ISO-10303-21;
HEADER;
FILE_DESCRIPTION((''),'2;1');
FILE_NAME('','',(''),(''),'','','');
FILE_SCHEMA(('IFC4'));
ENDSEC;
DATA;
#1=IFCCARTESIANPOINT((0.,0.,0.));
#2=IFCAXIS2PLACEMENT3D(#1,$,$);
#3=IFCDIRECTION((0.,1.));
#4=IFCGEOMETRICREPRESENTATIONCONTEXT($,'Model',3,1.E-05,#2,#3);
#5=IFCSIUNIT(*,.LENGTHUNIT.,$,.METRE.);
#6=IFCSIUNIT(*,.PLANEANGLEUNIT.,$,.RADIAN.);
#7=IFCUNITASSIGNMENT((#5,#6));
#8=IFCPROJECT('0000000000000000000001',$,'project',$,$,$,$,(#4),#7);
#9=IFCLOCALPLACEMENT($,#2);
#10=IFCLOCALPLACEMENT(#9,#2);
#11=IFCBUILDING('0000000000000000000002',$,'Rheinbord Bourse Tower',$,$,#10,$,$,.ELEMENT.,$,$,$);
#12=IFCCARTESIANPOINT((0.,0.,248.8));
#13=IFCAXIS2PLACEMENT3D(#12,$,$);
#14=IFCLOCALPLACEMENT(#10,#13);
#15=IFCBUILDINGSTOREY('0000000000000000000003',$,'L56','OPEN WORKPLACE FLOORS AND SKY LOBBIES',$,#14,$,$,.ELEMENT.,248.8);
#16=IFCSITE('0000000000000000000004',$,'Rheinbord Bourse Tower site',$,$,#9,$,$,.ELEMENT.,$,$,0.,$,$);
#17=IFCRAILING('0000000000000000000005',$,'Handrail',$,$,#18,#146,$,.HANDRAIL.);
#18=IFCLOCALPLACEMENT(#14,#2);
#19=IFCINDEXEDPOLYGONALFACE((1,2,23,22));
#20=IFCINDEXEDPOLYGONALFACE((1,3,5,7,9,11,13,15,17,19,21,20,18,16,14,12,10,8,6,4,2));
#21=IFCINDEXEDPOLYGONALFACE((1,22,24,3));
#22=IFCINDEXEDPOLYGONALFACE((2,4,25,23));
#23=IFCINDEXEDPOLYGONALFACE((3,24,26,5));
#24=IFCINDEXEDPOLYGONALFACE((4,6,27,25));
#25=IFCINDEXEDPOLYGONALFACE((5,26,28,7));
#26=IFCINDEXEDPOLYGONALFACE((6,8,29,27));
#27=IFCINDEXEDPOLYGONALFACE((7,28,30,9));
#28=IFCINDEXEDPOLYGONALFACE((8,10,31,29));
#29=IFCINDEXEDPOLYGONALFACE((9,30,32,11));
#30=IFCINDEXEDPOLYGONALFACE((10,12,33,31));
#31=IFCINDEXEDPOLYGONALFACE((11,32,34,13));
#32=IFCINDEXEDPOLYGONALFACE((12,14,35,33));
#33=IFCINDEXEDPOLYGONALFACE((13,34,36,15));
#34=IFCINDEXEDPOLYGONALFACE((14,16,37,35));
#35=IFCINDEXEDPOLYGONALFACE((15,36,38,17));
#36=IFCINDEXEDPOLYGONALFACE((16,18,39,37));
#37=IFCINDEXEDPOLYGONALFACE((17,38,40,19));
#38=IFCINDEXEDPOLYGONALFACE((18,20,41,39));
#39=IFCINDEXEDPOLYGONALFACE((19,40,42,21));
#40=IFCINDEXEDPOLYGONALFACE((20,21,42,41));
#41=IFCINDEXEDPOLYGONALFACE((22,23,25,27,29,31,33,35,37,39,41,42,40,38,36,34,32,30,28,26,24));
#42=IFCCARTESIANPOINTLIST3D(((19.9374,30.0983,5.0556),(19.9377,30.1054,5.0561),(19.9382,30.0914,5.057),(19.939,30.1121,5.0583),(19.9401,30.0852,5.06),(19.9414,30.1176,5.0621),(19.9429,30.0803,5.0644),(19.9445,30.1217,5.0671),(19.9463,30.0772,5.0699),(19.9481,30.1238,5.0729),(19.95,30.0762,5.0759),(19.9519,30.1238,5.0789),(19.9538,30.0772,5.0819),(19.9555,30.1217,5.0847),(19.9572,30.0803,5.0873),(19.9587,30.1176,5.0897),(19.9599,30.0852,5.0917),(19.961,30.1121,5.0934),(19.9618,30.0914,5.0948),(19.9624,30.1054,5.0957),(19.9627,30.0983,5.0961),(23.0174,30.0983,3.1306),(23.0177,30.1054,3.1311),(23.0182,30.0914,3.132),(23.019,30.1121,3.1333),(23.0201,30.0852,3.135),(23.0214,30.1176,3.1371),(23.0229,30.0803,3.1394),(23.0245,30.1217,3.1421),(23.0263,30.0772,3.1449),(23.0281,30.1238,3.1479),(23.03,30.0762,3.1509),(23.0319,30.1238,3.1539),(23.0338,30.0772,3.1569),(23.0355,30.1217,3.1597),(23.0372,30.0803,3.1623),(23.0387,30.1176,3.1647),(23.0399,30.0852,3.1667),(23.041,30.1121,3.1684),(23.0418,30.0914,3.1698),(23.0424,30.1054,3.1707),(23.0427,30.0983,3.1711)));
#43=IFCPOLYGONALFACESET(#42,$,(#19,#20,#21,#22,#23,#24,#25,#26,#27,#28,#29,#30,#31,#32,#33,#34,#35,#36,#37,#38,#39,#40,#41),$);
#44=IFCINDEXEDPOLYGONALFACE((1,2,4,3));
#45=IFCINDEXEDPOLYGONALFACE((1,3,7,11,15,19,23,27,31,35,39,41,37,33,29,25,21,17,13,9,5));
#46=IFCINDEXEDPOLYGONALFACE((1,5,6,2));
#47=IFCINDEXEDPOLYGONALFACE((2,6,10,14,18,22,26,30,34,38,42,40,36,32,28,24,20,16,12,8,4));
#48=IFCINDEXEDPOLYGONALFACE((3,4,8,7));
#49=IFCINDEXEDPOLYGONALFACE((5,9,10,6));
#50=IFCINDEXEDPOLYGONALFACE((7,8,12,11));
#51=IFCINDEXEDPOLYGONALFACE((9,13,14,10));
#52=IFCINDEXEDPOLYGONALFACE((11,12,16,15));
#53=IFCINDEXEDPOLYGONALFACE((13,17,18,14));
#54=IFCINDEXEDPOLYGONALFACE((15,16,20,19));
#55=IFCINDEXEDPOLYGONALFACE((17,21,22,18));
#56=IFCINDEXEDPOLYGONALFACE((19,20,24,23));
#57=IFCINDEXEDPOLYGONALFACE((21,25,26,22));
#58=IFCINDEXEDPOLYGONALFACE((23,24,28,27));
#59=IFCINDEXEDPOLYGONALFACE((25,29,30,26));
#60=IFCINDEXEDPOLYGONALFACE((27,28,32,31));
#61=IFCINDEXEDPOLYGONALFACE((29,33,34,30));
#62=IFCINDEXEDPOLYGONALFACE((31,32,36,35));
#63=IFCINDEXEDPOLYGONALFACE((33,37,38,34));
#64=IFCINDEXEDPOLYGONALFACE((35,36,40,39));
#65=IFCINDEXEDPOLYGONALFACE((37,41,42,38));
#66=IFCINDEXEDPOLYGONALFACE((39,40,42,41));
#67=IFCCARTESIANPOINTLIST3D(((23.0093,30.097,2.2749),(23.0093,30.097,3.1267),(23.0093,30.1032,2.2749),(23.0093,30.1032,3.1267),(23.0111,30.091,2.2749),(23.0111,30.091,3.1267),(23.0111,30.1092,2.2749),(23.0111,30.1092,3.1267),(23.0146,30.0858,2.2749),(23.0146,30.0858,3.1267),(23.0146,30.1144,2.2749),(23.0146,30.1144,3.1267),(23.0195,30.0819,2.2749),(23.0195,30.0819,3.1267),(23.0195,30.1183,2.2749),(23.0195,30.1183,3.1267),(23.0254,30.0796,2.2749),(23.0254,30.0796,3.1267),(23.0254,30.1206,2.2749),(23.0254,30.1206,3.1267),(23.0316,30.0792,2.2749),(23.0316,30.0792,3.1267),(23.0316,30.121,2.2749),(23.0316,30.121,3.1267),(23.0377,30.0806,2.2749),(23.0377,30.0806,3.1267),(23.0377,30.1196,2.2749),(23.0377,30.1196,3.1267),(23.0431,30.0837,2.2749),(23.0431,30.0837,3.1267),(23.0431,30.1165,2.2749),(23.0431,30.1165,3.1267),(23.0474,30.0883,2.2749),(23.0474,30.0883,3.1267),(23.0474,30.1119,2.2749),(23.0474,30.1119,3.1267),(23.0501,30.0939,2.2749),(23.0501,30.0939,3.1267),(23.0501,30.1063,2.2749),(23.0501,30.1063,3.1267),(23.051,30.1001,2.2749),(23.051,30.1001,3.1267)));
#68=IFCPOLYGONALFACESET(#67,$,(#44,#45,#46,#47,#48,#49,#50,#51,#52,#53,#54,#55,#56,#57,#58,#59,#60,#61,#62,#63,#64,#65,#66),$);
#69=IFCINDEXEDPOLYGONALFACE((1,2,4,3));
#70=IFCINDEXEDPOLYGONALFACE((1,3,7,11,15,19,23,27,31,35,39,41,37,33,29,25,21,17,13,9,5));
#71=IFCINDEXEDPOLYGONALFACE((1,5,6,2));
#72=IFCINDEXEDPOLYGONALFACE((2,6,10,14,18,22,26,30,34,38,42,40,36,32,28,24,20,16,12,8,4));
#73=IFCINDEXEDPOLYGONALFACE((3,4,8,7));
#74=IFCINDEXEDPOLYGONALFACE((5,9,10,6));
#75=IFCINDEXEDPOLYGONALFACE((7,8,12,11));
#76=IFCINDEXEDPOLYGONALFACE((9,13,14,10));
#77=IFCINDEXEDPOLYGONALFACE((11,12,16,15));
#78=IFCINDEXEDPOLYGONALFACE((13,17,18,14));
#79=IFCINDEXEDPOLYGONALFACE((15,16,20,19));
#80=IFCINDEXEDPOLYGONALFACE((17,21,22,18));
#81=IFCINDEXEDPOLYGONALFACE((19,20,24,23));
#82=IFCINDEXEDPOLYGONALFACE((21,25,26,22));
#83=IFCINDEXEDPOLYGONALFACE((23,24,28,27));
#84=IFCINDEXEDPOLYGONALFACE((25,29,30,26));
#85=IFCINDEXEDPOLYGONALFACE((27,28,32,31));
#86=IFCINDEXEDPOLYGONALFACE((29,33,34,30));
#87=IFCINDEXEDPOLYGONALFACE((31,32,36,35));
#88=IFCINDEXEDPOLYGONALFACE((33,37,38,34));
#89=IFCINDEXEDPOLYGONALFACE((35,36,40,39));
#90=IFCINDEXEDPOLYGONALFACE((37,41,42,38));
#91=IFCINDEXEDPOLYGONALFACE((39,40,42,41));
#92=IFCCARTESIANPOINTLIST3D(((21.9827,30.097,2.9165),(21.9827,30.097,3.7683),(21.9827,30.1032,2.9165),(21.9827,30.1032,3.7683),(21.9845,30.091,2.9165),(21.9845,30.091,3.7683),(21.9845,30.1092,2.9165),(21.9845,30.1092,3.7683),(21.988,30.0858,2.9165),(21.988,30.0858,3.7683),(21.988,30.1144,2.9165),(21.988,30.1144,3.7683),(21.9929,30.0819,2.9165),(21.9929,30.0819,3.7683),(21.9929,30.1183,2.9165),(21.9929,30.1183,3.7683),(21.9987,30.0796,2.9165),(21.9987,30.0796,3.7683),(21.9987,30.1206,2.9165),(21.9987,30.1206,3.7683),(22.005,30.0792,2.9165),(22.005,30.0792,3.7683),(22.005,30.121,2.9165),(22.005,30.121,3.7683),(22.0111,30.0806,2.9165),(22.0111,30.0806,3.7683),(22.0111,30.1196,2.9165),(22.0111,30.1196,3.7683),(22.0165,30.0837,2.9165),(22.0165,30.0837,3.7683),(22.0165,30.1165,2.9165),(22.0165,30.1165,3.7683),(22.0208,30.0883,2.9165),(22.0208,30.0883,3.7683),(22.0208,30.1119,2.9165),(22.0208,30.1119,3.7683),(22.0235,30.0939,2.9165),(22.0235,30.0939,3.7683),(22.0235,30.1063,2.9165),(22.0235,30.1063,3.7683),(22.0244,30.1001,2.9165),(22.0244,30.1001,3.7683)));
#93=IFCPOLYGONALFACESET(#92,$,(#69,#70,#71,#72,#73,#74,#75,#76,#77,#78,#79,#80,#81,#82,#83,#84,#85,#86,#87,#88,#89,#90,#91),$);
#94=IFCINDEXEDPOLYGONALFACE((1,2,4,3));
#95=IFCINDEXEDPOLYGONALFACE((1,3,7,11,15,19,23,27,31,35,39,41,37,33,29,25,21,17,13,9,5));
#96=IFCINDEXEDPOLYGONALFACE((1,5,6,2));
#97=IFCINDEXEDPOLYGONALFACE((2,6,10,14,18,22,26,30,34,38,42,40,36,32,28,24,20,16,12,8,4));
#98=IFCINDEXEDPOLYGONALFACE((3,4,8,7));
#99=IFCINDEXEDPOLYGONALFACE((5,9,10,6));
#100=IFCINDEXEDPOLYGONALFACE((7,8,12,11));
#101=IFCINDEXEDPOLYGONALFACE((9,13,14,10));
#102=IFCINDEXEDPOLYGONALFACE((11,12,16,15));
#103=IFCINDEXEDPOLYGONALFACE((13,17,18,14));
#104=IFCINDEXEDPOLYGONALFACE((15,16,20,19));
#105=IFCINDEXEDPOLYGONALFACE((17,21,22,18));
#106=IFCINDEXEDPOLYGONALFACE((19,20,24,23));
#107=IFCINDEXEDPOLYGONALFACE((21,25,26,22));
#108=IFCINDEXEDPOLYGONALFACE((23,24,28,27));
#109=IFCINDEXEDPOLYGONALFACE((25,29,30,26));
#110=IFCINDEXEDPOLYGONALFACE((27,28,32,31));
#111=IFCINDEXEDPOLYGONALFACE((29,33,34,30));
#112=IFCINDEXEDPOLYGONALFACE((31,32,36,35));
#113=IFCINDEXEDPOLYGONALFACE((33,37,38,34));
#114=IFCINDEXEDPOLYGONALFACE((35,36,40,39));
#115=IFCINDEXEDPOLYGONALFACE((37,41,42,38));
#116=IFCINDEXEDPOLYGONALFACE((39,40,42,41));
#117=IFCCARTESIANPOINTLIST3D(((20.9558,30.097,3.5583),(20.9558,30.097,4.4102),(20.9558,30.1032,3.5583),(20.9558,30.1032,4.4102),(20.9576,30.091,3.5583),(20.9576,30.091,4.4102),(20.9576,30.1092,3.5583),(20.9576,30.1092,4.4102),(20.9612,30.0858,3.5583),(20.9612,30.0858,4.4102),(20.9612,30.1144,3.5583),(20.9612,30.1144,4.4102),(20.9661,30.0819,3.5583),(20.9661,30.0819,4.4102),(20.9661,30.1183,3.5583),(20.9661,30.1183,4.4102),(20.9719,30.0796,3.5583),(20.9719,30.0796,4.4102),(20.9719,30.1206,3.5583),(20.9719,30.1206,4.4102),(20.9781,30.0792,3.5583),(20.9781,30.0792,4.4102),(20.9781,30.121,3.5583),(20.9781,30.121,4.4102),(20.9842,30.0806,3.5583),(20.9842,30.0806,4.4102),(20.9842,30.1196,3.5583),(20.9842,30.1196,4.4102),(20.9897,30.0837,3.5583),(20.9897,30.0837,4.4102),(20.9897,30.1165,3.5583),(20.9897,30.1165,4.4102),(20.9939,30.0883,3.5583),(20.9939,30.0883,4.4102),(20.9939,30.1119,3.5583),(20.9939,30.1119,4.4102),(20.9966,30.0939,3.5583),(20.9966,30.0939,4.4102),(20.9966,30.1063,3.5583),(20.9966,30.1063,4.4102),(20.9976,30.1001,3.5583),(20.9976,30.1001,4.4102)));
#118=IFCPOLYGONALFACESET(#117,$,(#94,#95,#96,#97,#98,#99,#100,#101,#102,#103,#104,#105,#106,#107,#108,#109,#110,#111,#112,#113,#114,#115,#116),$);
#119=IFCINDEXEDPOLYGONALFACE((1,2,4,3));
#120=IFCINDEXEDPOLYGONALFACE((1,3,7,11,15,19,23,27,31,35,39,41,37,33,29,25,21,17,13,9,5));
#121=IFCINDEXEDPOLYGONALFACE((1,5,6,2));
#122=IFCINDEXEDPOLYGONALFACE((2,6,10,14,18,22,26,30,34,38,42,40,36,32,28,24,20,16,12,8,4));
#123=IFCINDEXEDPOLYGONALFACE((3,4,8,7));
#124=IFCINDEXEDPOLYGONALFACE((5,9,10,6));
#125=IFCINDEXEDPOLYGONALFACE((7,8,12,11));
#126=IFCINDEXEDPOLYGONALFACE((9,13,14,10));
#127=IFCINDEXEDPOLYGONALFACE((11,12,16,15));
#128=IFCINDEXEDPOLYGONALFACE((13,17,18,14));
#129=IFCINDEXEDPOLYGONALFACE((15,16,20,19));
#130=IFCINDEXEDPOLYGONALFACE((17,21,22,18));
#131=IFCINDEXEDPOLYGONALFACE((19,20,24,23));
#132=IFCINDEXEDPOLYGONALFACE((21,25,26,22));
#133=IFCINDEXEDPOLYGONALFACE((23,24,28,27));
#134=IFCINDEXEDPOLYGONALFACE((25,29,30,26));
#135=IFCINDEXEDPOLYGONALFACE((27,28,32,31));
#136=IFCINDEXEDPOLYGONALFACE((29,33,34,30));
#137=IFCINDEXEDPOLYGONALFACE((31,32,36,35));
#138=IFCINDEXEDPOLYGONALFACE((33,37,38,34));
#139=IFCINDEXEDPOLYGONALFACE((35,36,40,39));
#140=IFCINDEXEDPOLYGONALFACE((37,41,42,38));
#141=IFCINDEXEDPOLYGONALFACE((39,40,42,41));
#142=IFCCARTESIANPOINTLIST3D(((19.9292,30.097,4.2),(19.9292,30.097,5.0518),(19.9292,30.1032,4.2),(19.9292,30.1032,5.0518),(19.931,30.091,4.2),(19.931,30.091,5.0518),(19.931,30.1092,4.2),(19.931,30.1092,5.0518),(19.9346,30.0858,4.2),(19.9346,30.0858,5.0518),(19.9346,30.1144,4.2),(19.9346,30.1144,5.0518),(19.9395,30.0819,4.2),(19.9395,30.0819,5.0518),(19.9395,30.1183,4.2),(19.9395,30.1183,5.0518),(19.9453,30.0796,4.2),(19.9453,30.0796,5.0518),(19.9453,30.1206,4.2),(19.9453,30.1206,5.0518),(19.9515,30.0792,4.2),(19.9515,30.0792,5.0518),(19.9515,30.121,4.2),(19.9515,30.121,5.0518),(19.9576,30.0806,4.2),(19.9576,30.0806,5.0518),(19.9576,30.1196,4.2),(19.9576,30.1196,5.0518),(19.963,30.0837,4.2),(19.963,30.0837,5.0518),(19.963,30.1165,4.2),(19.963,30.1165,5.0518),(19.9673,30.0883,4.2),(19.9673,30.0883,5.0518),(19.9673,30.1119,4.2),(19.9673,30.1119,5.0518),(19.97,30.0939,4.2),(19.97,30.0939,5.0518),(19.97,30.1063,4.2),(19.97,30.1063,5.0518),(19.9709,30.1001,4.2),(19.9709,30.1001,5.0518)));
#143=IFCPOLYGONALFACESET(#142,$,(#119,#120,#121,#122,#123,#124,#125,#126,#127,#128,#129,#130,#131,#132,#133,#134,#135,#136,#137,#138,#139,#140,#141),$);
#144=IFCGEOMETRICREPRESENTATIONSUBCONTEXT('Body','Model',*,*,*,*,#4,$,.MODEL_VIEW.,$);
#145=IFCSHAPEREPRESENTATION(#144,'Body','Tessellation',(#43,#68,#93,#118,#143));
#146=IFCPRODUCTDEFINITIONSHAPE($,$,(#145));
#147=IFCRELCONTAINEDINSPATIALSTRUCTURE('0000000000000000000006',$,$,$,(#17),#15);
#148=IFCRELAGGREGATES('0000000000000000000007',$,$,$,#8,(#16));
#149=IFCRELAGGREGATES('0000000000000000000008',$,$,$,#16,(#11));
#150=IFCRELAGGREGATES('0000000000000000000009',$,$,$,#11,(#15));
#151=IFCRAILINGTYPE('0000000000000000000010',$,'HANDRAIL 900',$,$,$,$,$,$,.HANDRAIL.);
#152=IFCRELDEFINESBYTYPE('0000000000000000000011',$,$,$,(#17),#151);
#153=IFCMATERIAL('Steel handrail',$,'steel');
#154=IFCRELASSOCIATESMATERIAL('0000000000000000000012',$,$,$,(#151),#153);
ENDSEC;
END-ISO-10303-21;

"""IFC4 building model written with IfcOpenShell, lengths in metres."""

from ifc_helpers import new_model, si_unit, direction, frame, origin, origin_2d, place, context, subcontext, project, spatial, circle, extrude, material, type_object, element, save


model = new_model("IFC4")

# Units and contexts
model_context = context("Model", 3, precision=1e-05, world=origin(), true_north=direction((0.0, 1.0)))
body_context = subcontext(model_context, "Body", "Model", "MODEL_VIEW")
ifc_project = project(units=[si_unit("LENGTHUNIT", "METRE"), si_unit("PLANEANGLEUNIT", "RADIAN")], contexts=[model_context])

# Site, building, storey
site_placement = place(None, origin())
site = spatial("IfcSite", under=ifc_project, at=site_placement, Name="Rheinbord Bourse Tower site", CompositionType="ELEMENT", RefElevation=0.0)
building_placement = place(site_placement, origin())
building = spatial("IfcBuilding", under=site, at=building_placement, Name="Rheinbord Bourse Tower", CompositionType="ELEMENT")
storey_placement = place(building_placement, frame((0.0, 0.0, 248.8)))
storey = spatial("IfcBuildingStorey", under=building, at=storey_placement, Name="L56", Description="OPEN WORKPLACE FLOORS AND SKY LOBBIES", CompositionType="ELEMENT", Elevation=248.8)

# Railing
ifc_material_1 = material(Name="Steel handrail", Category="steel")
railing_type = type_object("IfcRailingType", Name="HANDRAIL 900", PredefinedType="HANDRAIL", material=ifc_material_1)
railing_1_placement = place(storey_placement, frame((23.03, 30.1001, 2.2749)))
element("IfcRailing", 1, at=railing_1_placement, inside=storey, type_object=railing_type, Name="Handrail", PredefinedType="HANDRAIL", context=body_context, shape_type="SweptSolid", body=[
    extrude(circle(Radius=0.0239, at=origin_2d()), frame((0.0, 0.0, 0.876), z_axis=(-0.847998, 0.0, 0.529999), x_axis=(0.0, -1.0, 0.0)), (0.0, 0.0, 1.0), 3.6321),
    extrude(circle(Radius=0.021, at=origin_2d()), origin(), (0.0, 0.0, 1.0), 0.8518),
    extrude(circle(Radius=0.021, at=origin_2d()), frame((-1.0266, 0.0, 0.6416)), (0.0, 0.0, 1.0), 0.8518),
    extrude(circle(Radius=0.021, at=origin_2d()), frame((-2.0535, 0.0, 1.2834)), (0.0, 0.0, 1.0), 0.8518),
    extrude(circle(Radius=0.021, at=origin_2d()), frame((-3.0801, 0.0, 1.925)), (0.0, 0.0, 1.0), 0.8518),
])

save(model, "model.ifc")
